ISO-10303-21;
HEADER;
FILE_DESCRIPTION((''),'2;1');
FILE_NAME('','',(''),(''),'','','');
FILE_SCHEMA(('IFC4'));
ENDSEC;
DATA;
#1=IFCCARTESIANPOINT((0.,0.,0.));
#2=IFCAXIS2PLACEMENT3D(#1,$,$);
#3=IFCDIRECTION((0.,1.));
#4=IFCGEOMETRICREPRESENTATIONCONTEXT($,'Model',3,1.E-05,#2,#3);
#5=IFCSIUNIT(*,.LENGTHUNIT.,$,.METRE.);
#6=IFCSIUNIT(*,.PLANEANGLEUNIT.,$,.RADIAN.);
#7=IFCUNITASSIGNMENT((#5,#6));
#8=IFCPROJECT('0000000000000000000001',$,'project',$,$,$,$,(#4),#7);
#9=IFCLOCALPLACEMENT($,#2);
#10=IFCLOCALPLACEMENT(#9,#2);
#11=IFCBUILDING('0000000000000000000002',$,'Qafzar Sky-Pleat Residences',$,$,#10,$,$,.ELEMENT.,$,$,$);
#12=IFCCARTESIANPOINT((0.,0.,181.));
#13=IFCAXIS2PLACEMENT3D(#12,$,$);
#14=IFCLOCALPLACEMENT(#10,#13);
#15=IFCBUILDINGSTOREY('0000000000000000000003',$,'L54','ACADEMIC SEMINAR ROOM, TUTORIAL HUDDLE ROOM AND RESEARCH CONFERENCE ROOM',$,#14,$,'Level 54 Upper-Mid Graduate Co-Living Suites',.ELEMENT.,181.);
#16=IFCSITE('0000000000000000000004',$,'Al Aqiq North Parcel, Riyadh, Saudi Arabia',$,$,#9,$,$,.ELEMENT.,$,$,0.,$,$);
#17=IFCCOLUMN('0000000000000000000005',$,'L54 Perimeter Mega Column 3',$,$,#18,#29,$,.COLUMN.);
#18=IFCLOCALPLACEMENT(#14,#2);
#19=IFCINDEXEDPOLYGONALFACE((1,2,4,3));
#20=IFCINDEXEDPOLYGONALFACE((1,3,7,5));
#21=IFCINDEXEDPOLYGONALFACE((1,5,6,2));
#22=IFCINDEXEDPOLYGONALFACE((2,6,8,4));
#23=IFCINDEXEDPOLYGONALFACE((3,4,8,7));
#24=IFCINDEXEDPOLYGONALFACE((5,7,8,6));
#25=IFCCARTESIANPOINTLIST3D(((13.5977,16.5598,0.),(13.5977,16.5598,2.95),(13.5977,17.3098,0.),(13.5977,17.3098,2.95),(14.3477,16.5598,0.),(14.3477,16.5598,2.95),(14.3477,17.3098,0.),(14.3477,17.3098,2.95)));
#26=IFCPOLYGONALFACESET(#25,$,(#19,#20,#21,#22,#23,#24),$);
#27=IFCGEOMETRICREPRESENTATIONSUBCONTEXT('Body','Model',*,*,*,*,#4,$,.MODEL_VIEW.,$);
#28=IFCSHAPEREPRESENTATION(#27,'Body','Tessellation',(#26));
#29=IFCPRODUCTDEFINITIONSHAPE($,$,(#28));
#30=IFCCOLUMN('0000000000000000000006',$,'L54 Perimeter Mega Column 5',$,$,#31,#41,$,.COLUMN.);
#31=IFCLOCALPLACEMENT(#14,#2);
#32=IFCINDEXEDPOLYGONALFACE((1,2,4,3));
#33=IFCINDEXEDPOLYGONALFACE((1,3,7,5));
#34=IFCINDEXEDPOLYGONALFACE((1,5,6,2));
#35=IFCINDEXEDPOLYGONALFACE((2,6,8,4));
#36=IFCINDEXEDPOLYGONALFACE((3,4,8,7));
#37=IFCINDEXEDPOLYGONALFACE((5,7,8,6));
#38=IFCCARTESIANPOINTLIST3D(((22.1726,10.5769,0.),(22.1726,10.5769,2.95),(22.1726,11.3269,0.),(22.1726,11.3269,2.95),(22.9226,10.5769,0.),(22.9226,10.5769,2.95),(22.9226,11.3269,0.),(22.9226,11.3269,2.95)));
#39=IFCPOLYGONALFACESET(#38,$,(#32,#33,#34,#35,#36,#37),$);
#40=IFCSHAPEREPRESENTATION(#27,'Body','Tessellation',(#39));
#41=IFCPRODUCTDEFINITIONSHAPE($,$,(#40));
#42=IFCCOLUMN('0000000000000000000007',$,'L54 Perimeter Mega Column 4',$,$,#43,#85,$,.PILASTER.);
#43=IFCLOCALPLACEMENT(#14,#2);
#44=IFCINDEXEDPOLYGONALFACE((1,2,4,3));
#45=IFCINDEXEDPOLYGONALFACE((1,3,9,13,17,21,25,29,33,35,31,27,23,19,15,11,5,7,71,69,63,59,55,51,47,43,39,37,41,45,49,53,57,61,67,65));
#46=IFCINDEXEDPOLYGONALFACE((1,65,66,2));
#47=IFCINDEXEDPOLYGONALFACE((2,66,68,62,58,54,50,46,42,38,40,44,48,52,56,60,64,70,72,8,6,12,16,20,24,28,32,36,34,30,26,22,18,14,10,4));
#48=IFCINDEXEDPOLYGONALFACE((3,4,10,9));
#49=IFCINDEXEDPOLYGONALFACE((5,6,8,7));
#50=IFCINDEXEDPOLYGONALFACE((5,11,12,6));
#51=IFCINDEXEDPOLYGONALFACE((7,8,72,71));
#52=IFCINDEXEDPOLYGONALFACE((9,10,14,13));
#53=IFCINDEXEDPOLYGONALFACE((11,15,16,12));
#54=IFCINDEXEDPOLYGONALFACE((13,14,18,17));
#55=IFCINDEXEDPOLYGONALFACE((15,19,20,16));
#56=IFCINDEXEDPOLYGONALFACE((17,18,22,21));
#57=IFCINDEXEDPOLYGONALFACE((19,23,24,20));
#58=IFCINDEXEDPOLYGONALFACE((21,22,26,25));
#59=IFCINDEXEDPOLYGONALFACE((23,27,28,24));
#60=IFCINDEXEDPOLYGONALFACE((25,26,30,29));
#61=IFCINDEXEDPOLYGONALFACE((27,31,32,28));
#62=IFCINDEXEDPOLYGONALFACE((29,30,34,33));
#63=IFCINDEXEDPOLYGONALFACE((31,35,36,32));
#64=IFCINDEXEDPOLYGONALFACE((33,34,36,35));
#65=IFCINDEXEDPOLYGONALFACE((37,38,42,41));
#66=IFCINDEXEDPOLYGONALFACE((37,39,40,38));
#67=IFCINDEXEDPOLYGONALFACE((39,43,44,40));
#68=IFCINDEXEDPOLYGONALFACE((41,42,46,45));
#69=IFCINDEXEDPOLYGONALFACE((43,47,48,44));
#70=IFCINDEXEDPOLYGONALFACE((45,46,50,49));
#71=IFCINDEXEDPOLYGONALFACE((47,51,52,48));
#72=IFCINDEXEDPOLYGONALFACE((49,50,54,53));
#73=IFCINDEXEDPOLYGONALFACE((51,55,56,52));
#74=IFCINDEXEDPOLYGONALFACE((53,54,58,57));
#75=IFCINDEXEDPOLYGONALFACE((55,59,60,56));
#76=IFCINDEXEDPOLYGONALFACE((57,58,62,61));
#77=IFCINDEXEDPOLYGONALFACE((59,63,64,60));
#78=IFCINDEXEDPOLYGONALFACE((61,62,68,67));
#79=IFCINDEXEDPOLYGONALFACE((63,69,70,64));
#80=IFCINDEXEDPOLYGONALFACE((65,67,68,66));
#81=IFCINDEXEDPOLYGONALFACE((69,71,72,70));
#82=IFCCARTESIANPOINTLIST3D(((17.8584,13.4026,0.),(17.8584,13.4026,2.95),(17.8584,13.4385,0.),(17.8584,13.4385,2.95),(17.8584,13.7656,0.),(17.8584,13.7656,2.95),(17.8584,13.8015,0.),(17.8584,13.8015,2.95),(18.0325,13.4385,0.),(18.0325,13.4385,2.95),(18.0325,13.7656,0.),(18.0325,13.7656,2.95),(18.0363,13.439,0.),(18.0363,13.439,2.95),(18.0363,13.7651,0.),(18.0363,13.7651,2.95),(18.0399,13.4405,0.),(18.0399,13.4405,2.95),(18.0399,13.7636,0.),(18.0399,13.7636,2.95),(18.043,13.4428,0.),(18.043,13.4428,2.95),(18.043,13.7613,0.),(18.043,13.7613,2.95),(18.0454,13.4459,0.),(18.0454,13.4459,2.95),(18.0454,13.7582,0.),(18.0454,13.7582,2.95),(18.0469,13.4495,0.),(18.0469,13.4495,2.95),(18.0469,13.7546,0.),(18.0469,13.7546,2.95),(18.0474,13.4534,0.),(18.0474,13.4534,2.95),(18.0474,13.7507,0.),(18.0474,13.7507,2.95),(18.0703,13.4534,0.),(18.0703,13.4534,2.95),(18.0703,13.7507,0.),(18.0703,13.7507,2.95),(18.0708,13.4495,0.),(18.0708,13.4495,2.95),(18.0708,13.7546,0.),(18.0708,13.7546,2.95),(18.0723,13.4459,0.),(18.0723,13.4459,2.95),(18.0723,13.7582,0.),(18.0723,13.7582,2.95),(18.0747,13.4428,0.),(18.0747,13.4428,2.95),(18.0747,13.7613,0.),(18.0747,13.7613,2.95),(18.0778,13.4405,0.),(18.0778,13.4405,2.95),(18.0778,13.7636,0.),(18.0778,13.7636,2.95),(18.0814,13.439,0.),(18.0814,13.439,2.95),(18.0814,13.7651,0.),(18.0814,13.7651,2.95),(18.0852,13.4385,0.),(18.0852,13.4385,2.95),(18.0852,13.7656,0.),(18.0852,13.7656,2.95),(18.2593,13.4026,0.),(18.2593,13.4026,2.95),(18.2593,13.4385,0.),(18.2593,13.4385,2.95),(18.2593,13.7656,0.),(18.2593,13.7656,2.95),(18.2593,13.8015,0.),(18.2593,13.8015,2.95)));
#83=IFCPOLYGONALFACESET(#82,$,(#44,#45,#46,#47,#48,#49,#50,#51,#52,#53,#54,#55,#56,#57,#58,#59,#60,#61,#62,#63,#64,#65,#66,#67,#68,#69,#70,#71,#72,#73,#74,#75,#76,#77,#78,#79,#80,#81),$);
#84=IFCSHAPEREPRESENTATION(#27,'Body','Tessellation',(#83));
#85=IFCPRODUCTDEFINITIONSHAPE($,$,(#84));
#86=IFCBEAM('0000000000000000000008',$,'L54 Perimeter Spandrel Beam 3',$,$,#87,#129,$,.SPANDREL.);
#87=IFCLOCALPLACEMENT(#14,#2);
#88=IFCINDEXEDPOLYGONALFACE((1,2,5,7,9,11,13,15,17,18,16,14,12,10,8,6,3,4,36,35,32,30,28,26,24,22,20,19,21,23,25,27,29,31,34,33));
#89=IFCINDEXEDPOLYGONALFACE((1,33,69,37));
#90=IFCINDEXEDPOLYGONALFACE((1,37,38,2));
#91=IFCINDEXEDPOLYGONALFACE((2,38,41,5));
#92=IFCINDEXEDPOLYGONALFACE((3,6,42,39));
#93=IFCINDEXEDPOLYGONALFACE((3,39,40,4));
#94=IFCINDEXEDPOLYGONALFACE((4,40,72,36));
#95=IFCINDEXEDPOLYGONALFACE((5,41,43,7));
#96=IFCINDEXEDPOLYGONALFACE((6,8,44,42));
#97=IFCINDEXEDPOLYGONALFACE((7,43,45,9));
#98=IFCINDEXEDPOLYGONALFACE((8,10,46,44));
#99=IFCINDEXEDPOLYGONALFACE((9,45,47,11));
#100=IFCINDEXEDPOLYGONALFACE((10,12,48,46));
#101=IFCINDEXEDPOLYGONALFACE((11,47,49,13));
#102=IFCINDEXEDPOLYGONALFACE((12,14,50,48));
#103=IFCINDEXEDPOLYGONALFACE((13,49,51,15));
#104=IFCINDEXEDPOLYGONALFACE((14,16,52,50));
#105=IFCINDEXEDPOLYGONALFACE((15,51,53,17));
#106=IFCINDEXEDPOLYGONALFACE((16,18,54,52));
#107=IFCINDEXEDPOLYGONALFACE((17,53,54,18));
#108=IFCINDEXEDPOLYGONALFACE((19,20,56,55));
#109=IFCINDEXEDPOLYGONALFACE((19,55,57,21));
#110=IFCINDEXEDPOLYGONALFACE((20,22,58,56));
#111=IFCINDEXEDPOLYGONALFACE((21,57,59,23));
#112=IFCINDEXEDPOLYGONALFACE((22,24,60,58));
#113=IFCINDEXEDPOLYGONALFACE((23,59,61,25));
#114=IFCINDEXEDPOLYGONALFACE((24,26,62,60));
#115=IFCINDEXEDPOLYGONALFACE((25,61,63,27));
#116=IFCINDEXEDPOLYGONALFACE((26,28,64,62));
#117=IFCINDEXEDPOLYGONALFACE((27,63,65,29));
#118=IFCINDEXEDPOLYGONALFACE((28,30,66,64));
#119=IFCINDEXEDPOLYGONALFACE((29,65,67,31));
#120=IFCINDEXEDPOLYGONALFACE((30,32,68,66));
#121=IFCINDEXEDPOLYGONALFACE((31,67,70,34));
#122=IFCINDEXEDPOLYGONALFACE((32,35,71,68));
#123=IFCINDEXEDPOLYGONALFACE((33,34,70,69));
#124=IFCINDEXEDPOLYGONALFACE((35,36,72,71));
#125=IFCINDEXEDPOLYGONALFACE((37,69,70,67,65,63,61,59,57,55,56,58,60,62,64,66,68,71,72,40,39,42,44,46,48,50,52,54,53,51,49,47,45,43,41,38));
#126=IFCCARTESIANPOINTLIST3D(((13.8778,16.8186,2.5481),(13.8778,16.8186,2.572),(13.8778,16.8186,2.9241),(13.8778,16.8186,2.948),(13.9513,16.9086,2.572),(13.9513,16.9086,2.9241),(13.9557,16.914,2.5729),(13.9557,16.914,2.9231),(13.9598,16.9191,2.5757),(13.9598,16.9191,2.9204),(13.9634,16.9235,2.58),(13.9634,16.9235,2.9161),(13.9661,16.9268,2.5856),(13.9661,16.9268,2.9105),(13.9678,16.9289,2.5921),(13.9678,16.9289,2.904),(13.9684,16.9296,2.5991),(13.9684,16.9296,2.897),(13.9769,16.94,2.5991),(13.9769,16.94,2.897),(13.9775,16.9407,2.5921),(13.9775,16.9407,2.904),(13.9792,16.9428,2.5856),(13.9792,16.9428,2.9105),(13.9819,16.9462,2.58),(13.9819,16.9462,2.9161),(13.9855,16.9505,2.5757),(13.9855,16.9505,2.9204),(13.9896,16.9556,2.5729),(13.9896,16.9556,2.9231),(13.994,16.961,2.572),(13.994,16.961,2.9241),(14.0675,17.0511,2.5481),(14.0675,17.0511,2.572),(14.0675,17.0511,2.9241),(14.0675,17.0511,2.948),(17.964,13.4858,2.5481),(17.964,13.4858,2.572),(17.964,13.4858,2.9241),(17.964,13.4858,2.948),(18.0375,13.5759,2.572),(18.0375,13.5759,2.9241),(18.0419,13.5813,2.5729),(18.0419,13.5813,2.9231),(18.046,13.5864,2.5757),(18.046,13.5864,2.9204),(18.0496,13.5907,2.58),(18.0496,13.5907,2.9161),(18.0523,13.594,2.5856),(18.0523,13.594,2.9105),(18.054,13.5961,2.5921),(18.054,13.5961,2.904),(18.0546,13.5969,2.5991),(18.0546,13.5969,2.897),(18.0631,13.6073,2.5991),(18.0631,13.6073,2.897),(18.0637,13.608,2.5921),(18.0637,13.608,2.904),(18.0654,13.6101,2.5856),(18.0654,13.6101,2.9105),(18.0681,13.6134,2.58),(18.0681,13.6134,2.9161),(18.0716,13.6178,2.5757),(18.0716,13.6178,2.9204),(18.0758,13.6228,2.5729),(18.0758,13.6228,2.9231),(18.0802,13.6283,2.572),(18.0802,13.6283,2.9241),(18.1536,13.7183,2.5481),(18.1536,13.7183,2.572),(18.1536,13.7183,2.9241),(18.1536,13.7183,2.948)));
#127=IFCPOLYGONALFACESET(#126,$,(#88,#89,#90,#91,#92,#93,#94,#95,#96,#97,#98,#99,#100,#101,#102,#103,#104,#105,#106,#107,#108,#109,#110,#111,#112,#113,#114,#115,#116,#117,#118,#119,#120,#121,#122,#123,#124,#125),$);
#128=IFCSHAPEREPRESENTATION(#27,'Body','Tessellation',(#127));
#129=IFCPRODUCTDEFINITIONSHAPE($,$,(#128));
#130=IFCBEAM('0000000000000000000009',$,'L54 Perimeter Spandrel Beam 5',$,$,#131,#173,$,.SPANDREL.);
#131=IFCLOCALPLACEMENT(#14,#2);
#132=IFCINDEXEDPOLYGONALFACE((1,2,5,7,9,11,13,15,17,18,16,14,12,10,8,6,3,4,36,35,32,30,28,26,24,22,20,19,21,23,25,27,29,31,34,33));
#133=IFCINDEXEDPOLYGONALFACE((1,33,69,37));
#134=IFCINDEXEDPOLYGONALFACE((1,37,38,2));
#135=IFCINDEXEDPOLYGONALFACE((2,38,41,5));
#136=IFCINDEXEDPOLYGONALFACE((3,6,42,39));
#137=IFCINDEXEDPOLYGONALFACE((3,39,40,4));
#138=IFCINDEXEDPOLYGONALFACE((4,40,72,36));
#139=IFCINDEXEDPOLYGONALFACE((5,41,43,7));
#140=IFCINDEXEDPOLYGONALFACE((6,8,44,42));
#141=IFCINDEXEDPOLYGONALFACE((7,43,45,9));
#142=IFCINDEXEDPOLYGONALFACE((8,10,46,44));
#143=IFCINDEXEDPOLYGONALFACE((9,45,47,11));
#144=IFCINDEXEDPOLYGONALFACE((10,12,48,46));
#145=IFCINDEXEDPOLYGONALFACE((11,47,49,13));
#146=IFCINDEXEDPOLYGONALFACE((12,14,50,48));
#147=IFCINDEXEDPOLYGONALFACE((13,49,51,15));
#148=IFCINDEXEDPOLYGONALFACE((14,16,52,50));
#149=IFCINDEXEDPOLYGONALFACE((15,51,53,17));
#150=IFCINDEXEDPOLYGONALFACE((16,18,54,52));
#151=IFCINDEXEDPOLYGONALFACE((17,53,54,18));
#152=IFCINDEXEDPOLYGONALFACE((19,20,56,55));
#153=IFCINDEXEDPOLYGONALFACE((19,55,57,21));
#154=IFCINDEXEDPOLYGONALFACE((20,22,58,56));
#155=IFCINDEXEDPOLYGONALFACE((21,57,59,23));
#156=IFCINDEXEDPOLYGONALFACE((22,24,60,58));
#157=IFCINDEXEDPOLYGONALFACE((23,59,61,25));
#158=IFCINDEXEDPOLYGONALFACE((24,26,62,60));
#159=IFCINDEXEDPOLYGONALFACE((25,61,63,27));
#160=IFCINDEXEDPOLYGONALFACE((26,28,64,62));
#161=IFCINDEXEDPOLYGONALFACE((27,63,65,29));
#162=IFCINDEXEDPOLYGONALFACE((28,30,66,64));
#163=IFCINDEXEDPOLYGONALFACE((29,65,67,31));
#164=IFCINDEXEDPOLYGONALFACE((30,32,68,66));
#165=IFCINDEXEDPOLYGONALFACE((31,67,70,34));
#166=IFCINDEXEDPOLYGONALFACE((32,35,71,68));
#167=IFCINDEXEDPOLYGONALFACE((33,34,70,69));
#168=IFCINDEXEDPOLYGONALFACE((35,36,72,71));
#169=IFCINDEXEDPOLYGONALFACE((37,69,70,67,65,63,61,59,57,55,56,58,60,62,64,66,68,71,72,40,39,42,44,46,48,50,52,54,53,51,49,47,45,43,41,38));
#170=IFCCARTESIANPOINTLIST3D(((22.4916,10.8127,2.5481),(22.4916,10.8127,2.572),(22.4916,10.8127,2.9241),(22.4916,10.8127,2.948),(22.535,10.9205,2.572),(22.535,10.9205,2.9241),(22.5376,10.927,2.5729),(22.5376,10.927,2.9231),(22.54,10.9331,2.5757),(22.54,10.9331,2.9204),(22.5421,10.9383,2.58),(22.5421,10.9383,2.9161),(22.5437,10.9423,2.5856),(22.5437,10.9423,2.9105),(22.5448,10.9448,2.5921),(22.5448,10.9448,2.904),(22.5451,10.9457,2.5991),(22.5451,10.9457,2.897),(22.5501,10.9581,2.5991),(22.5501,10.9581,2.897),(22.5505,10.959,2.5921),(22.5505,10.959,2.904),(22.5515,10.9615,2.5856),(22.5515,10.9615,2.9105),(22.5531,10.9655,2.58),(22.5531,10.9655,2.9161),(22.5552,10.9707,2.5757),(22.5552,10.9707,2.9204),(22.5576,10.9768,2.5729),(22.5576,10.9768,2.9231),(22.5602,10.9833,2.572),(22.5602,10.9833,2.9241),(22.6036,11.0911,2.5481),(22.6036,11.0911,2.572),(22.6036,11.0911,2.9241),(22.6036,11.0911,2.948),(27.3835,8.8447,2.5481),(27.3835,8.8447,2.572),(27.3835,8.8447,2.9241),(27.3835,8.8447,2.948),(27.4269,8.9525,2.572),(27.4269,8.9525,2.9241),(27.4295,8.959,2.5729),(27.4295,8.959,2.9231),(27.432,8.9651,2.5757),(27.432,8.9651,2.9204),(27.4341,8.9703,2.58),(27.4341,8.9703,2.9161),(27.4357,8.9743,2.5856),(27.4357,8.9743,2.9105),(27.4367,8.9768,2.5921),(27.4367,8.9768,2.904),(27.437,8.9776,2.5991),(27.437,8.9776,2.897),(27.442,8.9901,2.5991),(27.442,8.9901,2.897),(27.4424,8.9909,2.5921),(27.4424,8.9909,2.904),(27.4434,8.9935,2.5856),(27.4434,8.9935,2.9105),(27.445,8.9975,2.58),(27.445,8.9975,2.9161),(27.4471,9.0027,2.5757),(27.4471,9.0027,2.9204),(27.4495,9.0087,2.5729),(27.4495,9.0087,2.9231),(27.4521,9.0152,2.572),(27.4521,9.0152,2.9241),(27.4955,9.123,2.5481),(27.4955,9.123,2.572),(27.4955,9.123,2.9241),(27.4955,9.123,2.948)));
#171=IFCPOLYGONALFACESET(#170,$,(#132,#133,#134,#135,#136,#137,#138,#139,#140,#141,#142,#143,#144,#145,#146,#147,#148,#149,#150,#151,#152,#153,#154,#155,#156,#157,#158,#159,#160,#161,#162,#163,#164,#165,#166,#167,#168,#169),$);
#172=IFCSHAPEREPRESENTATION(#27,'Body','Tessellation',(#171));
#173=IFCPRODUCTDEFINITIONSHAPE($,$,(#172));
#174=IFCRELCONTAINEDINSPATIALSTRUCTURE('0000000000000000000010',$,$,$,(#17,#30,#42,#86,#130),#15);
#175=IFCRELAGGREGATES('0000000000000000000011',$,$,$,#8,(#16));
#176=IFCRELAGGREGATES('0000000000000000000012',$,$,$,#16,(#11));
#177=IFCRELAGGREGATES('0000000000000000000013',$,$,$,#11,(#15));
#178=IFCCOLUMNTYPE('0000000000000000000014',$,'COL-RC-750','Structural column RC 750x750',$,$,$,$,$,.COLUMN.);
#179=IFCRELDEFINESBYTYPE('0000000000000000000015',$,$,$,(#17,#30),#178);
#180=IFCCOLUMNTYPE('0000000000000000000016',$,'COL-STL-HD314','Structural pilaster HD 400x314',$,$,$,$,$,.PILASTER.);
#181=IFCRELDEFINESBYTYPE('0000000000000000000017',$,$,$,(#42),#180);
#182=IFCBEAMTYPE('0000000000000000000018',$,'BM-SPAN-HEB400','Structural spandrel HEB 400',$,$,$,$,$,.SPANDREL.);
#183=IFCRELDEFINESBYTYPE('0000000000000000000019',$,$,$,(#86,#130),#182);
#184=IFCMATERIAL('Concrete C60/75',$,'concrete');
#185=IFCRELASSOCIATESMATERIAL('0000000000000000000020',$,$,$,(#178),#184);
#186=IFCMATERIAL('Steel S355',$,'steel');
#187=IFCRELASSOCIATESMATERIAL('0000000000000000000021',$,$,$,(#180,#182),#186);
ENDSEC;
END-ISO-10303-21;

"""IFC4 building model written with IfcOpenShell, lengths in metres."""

from ifc_helpers import new_model, si_unit, direction, frame, origin, origin_2d, place, context, subcontext, project, spatial, rectangle, i_section, extrude, source, transform, mapped, material, material_profile, profile_set, type_object, element, save


model = new_model("IFC4")

# Units and contexts
model_context = context("Model", 3, precision=1e-05, world=origin(), true_north=direction((0.0, 1.0)))
body_context = subcontext(model_context, "Body", "Model", "MODEL_VIEW")
ifc_project = project(units=[si_unit("LENGTHUNIT", "METRE"), si_unit("PLANEANGLEUNIT", "RADIAN")], contexts=[model_context])

# Site, building, storey
site_placement = place(None, origin())
site = spatial("IfcSite", under=ifc_project, at=site_placement, Name="Al Aqiq North Parcel, Riyadh, Saudi Arabia", CompositionType="ELEMENT", RefElevation=0.0)
building_placement = place(site_placement, origin())
building = spatial("IfcBuilding", under=site, at=building_placement, Name="Qafzar Sky-Pleat Residences", CompositionType="ELEMENT")
storey_placement = place(building_placement, frame((0.0, 0.0, 181.0)))
storey = spatial("IfcBuildingStorey", under=building, at=storey_placement, Name="L54", Description="ACADEMIC SEMINAR ROOM, TUTORIAL HUDDLE ROOM AND RESEARCH CONFERENCE ROOM", LongName="Level 54 Upper-Mid Graduate Co-Living Suites", CompositionType="ELEMENT", Elevation=181.0)

# Columns
ifc_material_1 = material(Name="Concrete C60/75", Category="concrete")
ifc_material_profile_1 = material_profile(ifc_material_1, rectangle(XDim=0.75, YDim=0.75, at=origin_2d()), Name="RC 750x750")
ifc_profile_set_1 = profile_set([ifc_material_profile_1], Name="Concrete C60/75")
column_type_1 = type_object("IfcColumnType", Name="COL-RC-750", Description="Structural column RC 750x750", PredefinedType="COLUMN", material=ifc_profile_set_1)
shared_shape_1 = source(origin(), body_context, "Body", "SweptSolid", [
    extrude(rectangle(XDim=0.75, YDim=0.75, at=origin_2d()), origin(), (0.0, 0.0, 1.0), 2.95),
])
for number, where, z_axis, x_axis, name in (
    (1, (13.9727, 16.9348, 0.0), (0.0, 0.0, 1.0), (1.0, 0.0, 0.0), "L54 Perimeter Mega Column 3"),
    (2, (22.5476, 10.9519, 0.0), (0.0, 0.0, 1.0), (1.0, 0.0, 0.0), "L54 Perimeter Mega Column 5"),
):
    element("IfcColumn", number, at=place(storey_placement, frame(where, z_axis=z_axis, x_axis=x_axis)), inside=storey, type_object=column_type_1, Name=name, PredefinedType="COLUMN", context=body_context, shape_type="MappedRepresentation", body=[
        mapped(shared_shape_1, transform((0.0, 0.0, 0.0), x_axis=(1.0, 0.0, 0.0), y_axis=(0.0, 1.0, 0.0), z_axis=(0.0, 0.0, 1.0), scale=1.0)),
    ])
ifc_material_2 = material(Name="Steel S355", Category="steel")
ifc_material_profile_2 = material_profile(ifc_material_2, i_section(OverallWidth=0.4009, OverallDepth=0.3989, WebThickness=0.0229, FlangeThickness=0.0359, FilletRadius=0.0149, at=origin_2d()), Name="HD 400x314")
ifc_profile_set_2 = profile_set([ifc_material_profile_2], Name="Steel S355")
column_type_2 = type_object("IfcColumnType", Name="COL-STL-HD314", Description="Structural pilaster HD 400x314", PredefinedType="PILASTER", material=ifc_profile_set_2)
shared_shape_2 = source(origin(), body_context, "Body", "SweptSolid", [
    extrude(i_section(OverallWidth=0.4009, OverallDepth=0.3989, WebThickness=0.0229, FlangeThickness=0.0359, FilletRadius=0.0149, at=origin_2d()), origin(), (0.0, 0.0, 1.0), 2.95),
])
column_placement = place(storey_placement, frame((18.0588, 13.6021, 0.0), z_axis=(0.0, 0.0, 1.0), x_axis=(1.0, 0.0, 0.0)))
element("IfcColumn", 3, at=column_placement, inside=storey, type_object=column_type_2, Name="L54 Perimeter Mega Column 4", PredefinedType="PILASTER", context=body_context, shape_type="MappedRepresentation", body=[
    mapped(shared_shape_2, transform((0.0, 0.0, 0.0), x_axis=(1.0, 0.0, 0.0), y_axis=(0.0, 1.0, 0.0), z_axis=(0.0, 0.0, 1.0), scale=1.0)),
])

# Beams
ifc_material_profile_3 = material_profile(ifc_material_2, i_section(OverallWidth=0.3, OverallDepth=0.3999, WebThickness=0.0134, FlangeThickness=0.0239, FilletRadius=0.0271, at=origin_2d()), Name="HEB 400")
ifc_profile_set_3 = profile_set([ifc_material_profile_3], Name="Steel S355")
beam_type_1 = type_object("IfcBeamType", Name="BM-SPAN-HEB400", Description="Structural spandrel HEB 400", PredefinedType="SPANDREL", material=ifc_profile_set_3)
shared_shape_3 = source(origin(), body_context, "Body", "SweptSolid", [
    extrude(i_section(OverallWidth=0.3, OverallDepth=0.3999, WebThickness=0.0134, FlangeThickness=0.0239, FilletRadius=0.0271, at=origin_2d()), origin(), (0.0, 0.0, 1.0), 5.2729),
])
for number, where, z_axis, x_axis, name in (
    (4, (13.9727, 16.9348, 2.748), (0.77493, -0.632047, 0.0), (0.632047, 0.77493, 0.0), "L54 Perimeter Spandrel Beam 3"),
    (5, (22.5476, 10.9519, 2.748), (0.927737, -0.373234, 0.0), (0.373234, 0.927737, 0.0), "L54 Perimeter Spandrel Beam 5"),
):
    element("IfcBeam", number, at=place(storey_placement, frame(where, z_axis=z_axis, x_axis=x_axis)), inside=storey, type_object=beam_type_1, Name=name, PredefinedType="SPANDREL", context=body_context, shape_type="MappedRepresentation", body=[
        mapped(shared_shape_3, transform((0.0, 0.0, 0.0), x_axis=(1.0, 0.0, 0.0), y_axis=(0.0, 1.0, 0.0), z_axis=(0.0, 0.0, 1.0), scale=1.0)),
    ])

save(model, "model.ifc")
